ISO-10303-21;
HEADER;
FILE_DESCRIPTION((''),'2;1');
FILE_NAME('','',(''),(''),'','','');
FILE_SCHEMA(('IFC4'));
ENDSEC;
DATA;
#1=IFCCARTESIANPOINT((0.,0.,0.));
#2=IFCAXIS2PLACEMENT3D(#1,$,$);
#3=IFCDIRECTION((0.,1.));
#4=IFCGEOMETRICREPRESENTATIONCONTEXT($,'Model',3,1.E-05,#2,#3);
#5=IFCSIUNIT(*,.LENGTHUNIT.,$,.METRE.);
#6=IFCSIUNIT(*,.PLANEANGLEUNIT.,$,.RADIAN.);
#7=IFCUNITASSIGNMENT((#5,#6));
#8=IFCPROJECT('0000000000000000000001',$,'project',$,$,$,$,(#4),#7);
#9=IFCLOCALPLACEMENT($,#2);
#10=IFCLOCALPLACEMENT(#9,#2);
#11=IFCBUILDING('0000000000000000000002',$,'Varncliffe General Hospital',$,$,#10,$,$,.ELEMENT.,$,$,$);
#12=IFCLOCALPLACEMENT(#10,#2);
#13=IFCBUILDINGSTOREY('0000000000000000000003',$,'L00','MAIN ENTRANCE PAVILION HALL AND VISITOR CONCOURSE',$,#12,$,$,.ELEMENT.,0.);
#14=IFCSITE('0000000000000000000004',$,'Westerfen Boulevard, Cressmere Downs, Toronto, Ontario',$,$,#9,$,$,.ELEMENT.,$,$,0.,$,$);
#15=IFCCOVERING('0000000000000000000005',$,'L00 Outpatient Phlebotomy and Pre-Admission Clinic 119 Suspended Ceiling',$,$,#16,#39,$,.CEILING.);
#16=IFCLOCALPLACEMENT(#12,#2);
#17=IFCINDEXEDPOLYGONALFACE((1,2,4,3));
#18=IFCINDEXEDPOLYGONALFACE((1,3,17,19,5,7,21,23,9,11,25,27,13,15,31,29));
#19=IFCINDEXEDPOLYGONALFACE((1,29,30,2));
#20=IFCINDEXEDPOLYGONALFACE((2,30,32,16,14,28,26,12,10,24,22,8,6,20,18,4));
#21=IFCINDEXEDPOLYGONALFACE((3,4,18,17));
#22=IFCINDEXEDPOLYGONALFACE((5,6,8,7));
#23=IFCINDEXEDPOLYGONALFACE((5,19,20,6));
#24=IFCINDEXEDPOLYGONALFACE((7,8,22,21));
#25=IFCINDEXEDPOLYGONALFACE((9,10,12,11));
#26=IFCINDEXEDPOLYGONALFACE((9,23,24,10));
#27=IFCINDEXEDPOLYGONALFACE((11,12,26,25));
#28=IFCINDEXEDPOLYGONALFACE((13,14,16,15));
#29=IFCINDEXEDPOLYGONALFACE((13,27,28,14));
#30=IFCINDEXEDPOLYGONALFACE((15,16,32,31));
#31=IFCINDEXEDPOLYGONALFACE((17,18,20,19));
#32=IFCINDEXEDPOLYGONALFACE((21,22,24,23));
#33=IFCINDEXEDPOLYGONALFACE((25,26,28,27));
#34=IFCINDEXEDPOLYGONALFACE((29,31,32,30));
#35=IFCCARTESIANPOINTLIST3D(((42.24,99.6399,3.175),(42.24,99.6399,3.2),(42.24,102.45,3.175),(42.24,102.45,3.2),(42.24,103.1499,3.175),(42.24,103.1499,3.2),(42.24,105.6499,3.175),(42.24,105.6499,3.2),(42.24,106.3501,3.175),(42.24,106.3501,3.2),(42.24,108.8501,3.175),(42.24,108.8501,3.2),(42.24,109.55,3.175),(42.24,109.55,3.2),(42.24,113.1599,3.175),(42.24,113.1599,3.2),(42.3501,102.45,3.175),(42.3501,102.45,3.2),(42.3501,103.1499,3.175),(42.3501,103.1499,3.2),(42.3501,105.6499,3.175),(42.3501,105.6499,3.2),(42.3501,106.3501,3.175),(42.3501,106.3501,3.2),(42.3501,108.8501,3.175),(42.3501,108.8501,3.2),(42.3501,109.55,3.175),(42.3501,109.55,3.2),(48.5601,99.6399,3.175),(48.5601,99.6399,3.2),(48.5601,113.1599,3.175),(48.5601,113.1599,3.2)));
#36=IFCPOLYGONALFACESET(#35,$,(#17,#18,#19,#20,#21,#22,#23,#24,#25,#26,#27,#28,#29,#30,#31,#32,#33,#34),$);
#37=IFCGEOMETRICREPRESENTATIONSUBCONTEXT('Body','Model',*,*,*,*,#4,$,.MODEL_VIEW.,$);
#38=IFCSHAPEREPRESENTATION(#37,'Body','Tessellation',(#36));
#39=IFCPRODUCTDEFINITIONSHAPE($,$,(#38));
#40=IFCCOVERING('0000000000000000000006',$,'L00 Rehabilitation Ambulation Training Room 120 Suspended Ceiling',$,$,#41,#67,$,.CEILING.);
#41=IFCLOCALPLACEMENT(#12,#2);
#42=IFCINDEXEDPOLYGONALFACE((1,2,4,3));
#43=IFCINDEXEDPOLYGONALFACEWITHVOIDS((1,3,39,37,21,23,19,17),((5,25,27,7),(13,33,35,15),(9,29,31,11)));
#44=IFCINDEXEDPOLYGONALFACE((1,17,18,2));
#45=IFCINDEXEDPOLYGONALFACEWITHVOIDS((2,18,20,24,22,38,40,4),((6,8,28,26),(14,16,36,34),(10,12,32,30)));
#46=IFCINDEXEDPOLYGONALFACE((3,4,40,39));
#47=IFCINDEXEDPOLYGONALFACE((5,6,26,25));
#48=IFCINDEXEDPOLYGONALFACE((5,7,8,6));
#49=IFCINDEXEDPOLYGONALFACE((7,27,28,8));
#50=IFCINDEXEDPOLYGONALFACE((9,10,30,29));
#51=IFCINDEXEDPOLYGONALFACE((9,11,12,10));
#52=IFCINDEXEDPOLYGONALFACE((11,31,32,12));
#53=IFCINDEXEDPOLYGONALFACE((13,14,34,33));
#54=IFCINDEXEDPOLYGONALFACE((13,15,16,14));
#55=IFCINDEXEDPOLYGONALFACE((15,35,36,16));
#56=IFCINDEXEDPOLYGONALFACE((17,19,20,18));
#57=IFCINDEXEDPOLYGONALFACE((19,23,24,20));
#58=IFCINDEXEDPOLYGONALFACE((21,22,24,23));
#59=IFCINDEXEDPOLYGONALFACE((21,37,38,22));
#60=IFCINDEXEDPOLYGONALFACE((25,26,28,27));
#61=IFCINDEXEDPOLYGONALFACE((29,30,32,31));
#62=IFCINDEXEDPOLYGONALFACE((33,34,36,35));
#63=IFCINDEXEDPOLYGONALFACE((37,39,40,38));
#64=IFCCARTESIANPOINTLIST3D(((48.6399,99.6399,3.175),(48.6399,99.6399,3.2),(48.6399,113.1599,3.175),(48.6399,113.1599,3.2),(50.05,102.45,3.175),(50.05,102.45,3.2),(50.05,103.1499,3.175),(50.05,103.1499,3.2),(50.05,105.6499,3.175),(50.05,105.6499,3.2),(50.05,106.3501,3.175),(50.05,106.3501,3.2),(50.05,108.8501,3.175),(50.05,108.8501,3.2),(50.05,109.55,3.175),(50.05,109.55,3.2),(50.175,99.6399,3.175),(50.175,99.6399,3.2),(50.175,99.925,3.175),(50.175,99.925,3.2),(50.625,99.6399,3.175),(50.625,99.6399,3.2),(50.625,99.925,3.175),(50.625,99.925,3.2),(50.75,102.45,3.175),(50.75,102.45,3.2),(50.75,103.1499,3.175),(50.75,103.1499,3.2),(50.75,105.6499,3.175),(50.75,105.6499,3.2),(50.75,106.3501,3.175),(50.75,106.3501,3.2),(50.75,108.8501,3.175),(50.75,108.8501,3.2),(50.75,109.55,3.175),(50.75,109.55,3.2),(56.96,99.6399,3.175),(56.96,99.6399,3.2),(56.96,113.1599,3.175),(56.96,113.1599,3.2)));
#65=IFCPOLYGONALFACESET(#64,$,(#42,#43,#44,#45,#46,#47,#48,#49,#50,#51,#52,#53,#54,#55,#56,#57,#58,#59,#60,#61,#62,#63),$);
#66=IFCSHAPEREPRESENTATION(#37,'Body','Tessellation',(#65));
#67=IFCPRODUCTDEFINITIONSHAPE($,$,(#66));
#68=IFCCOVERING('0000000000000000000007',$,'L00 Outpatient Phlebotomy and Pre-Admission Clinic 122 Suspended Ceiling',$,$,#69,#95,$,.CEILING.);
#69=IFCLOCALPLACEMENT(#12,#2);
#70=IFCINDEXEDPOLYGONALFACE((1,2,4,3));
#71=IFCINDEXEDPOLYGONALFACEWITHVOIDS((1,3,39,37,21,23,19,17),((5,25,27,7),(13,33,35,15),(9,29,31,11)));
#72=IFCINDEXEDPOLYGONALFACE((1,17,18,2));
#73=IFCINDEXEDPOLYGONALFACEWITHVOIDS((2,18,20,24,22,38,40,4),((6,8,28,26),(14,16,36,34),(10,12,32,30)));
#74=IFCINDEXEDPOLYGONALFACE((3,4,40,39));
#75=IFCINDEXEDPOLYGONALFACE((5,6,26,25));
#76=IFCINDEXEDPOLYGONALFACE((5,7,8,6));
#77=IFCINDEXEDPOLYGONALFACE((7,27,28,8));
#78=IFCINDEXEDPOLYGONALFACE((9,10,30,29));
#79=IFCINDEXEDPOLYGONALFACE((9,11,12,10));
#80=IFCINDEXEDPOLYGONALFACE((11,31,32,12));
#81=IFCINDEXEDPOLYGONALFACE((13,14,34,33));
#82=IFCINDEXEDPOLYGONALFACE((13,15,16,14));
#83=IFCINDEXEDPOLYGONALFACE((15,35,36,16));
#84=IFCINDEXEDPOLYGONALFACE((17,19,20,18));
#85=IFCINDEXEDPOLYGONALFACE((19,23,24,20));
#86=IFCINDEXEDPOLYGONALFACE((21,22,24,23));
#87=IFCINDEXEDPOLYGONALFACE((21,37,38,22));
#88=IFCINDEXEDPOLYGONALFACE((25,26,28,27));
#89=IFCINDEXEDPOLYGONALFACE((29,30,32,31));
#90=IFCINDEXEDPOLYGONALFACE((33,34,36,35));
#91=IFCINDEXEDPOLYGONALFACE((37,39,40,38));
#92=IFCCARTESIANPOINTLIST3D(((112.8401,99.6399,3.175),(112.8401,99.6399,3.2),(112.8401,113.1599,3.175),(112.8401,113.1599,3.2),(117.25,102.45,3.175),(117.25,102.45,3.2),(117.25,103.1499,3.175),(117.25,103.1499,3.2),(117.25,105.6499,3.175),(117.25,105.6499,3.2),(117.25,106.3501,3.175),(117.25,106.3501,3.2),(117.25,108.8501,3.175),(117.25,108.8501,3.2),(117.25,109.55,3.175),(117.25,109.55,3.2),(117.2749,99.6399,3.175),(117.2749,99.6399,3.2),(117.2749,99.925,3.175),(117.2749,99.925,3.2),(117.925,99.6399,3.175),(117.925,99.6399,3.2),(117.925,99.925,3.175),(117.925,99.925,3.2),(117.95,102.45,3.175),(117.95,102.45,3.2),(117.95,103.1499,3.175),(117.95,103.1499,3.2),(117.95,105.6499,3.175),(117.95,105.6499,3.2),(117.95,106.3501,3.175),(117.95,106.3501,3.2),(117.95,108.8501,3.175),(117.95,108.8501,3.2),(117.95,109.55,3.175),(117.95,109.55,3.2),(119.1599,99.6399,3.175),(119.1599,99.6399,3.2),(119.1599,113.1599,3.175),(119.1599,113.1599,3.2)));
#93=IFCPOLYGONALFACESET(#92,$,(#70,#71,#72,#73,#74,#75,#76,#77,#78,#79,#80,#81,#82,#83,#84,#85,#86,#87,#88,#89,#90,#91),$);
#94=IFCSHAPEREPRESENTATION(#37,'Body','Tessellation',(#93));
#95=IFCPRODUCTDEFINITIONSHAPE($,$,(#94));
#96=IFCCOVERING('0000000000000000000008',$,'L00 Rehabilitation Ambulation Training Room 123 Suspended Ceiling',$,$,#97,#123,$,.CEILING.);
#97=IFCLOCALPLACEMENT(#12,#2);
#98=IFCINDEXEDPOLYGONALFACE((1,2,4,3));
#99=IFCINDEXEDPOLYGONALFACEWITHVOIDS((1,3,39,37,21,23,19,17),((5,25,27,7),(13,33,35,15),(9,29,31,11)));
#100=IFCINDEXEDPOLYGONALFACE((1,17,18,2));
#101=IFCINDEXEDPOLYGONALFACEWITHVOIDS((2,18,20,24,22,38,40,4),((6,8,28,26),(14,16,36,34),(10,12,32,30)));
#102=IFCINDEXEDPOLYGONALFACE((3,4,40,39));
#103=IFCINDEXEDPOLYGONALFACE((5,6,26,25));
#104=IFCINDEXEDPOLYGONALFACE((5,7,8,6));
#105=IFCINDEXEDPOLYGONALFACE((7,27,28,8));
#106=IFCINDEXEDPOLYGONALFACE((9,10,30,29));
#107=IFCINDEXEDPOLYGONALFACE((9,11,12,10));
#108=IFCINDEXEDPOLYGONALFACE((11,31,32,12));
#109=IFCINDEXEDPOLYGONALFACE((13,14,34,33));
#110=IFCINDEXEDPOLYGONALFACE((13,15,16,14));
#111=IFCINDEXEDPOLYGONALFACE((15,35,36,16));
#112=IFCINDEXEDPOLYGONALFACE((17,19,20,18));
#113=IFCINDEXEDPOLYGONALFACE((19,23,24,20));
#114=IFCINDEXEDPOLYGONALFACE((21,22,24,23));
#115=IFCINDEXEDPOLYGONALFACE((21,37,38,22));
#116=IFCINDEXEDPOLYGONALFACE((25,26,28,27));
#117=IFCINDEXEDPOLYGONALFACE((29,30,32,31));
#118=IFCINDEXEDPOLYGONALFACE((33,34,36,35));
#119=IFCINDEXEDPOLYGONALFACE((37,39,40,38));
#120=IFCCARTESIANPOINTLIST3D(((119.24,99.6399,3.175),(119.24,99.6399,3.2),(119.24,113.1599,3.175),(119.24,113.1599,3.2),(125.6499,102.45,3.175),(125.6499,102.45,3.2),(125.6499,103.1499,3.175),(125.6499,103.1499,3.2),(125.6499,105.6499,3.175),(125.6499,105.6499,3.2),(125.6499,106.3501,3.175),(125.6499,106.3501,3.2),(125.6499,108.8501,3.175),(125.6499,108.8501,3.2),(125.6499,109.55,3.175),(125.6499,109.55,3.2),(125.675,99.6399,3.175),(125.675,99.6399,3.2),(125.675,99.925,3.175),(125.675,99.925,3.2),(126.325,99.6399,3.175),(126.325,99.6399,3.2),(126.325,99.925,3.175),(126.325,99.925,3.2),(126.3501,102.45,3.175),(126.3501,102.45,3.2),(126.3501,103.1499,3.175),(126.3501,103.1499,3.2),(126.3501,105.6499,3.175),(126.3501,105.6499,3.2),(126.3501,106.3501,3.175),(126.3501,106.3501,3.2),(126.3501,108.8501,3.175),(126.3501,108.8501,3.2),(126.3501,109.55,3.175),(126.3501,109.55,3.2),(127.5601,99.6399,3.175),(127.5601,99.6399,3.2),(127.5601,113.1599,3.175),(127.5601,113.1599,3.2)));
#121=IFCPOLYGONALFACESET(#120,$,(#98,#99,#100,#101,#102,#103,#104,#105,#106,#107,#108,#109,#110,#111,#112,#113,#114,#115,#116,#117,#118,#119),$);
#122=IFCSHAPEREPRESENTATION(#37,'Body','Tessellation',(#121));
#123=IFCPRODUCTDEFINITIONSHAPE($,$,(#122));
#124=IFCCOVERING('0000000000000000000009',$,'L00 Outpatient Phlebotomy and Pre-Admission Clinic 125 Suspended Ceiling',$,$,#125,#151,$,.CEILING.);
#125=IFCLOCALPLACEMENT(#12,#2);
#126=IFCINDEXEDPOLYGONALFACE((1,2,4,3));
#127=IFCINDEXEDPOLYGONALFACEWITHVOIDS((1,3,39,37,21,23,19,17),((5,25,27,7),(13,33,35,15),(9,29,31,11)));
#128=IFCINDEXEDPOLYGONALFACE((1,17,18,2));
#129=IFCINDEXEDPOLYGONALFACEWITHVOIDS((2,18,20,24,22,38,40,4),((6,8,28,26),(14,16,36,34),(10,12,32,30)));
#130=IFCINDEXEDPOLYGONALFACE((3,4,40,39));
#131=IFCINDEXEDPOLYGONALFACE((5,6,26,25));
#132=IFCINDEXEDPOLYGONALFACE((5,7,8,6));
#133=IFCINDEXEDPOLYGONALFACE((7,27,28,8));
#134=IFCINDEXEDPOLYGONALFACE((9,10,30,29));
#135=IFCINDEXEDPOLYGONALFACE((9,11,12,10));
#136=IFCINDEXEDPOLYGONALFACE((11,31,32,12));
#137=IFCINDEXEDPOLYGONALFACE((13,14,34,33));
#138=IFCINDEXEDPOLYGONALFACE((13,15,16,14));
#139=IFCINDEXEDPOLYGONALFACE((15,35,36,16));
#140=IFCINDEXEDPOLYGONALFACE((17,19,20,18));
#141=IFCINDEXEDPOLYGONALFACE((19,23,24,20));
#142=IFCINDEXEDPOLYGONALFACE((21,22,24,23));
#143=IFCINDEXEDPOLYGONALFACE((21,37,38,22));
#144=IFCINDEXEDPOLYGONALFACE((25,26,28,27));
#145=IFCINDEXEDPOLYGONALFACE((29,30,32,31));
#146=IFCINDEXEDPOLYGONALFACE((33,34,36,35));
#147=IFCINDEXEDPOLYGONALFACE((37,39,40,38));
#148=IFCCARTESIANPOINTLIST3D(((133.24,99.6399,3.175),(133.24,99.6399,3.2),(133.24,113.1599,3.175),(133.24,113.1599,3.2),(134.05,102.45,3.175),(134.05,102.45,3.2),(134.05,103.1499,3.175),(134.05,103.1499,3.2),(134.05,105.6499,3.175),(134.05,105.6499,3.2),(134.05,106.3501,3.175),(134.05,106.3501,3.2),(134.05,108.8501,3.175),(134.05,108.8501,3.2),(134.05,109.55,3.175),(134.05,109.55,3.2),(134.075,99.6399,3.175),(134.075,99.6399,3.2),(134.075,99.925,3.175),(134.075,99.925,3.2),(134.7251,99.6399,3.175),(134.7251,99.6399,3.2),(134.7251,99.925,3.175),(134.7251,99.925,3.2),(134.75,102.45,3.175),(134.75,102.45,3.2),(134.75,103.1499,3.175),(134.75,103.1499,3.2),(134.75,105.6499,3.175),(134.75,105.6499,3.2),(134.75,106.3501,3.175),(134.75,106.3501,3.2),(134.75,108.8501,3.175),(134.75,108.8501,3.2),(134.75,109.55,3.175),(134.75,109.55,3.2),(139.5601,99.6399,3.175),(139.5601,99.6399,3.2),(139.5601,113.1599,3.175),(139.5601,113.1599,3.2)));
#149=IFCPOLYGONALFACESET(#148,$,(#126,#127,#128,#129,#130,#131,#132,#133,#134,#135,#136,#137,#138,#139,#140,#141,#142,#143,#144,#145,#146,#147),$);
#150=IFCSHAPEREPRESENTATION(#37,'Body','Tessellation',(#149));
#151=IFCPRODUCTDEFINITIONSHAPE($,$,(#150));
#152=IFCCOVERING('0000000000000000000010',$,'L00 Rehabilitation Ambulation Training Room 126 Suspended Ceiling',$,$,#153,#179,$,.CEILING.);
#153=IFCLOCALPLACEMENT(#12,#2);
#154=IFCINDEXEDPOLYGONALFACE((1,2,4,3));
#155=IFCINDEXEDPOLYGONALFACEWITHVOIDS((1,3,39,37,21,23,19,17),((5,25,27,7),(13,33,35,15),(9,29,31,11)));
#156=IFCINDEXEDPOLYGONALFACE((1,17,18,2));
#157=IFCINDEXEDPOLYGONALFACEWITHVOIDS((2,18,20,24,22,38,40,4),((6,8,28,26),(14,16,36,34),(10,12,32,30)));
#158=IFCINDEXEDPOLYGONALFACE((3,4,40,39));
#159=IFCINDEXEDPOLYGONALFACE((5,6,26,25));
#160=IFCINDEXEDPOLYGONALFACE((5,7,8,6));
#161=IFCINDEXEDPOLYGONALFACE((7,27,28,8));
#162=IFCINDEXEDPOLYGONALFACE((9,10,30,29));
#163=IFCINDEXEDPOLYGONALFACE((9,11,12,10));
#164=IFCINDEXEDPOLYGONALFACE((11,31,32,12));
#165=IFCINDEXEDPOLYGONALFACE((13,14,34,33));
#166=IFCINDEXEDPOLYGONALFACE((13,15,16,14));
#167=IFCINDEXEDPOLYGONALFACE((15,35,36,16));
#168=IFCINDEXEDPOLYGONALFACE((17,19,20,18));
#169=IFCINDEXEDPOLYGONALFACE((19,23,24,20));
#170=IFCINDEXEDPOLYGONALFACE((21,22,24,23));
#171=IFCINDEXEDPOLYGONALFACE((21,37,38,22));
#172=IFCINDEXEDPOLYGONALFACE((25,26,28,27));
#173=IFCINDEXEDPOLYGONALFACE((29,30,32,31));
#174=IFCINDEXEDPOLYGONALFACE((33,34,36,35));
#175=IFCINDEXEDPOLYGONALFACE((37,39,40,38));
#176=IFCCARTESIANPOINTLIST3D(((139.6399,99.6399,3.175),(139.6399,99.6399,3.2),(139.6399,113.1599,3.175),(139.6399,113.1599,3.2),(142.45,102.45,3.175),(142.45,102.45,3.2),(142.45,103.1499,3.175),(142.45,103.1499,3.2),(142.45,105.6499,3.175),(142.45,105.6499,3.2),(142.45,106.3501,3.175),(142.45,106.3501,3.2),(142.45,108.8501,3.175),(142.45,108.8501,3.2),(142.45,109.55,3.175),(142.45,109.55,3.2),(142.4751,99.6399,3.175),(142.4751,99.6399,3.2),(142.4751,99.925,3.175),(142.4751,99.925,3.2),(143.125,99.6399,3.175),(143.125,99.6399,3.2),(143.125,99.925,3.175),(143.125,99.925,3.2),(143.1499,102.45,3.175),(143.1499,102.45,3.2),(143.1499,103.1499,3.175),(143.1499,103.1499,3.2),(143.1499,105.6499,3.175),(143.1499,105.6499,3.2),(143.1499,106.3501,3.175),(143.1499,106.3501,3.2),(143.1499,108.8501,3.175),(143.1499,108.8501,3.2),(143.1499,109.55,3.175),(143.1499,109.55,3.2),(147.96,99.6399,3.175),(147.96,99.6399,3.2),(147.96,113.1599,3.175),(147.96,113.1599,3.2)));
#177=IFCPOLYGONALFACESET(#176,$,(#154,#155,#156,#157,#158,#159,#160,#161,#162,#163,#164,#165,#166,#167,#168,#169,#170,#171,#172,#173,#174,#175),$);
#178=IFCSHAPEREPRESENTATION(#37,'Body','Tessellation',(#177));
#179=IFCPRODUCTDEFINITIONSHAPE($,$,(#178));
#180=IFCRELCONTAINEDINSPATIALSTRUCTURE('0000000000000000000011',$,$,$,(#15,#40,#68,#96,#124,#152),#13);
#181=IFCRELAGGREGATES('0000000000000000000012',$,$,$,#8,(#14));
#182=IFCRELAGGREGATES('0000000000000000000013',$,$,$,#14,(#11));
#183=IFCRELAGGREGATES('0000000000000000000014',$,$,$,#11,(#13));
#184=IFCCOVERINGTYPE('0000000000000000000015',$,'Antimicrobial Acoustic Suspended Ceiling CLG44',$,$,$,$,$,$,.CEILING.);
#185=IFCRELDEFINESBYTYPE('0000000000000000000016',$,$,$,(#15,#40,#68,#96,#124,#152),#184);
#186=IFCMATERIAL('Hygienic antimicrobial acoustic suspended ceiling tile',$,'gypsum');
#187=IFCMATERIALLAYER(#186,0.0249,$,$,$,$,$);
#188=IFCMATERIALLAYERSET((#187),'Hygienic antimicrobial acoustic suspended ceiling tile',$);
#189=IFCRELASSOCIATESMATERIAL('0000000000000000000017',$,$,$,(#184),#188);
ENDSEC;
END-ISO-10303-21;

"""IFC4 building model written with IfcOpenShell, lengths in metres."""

from ifc_helpers import new_model, si_unit, direction, frame, origin, place, context, subcontext, project, spatial, polyline, outline, extrude, material, layer, layer_set, type_object, element, save


model = new_model("IFC4")

# Units and contexts
model_context = context("Model", 3, precision=1e-05, world=origin(), true_north=direction((0.0, 1.0)))
body_context = subcontext(model_context, "Body", "Model", "MODEL_VIEW")
ifc_project = project(units=[si_unit("LENGTHUNIT", "METRE"), si_unit("PLANEANGLEUNIT", "RADIAN")], contexts=[model_context])

# Site, building, storey
site_placement = place(None, origin())
site = spatial("IfcSite", under=ifc_project, at=site_placement, Name="Westerfen Boulevard, Cressmere Downs, Toronto, Ontario", CompositionType="ELEMENT", RefElevation=0.0)
building_placement = place(site_placement, origin())
building = spatial("IfcBuilding", under=site, at=building_placement, Name="Varncliffe General Hospital", CompositionType="ELEMENT")
storey_placement = place(building_placement, origin())
storey = spatial("IfcBuildingStorey", under=building, at=storey_placement, Name="L00", Description="MAIN ENTRANCE PAVILION HALL AND VISITOR CONCOURSE", CompositionType="ELEMENT", Elevation=0.0)

# Coverings
ifc_material_1 = material(Name="Hygienic antimicrobial acoustic suspended ceiling tile", Category="gypsum")
ifc_layer_1 = layer(ifc_material_1, 0.0249)
ifc_layer_set_1 = layer_set([ifc_layer_1], Name="Hygienic antimicrobial acoustic suspended ceiling tile")
covering_type_1 = type_object("IfcCoveringType", Name="Antimicrobial Acoustic Suspended Ceiling CLG44", PredefinedType="CEILING", material=ifc_layer_set_1)
covering_1_placement = place(storey_placement, frame((0.0, 0.0, 3.175)))
element("IfcCovering", 1, at=covering_1_placement, inside=storey, type_object=covering_type_1, Name="L00 Outpatient Phlebotomy and Pre-Admission Clinic 119 Suspended Ceiling", PredefinedType="CEILING", context=body_context, shape_type="SweptSolid", body=[
    extrude(outline(polyline([(48.5601, 99.6399), (42.24, 99.6399), (42.24, 102.45), (42.3501, 102.45), (42.3501, 103.1499), (42.24, 103.1499), (42.24, 105.6499), (42.3501, 105.6499), (42.3501, 106.3501), (42.24, 106.3501), (42.24, 108.8501), (42.3501, 108.8501), (42.3501, 109.55), (42.24, 109.55), (42.24, 113.1599), (48.5601, 113.1599), (48.5601, 99.6399)])), origin(), (0.0, 0.0, 1.0), 0.0249),
])
covering_2_placement = place(storey_placement, frame((0.0, 0.0, 3.175)))
element("IfcCovering", 2, at=covering_2_placement, inside=storey, type_object=covering_type_1, Name="L00 Rehabilitation Ambulation Training Room 120 Suspended Ceiling", PredefinedType="CEILING", context=body_context, shape_type="SweptSolid", body=[
    extrude(outline(polyline([(48.6399, 99.6399), (48.6399, 113.1599), (56.96, 113.1599), (56.96, 99.6399), (50.625, 99.6399), (50.625, 99.925), (50.175, 99.925), (50.175, 99.6399), (48.6399, 99.6399)]), holes=[polyline([(50.75, 102.45), (50.75, 103.1499), (50.05, 103.1499), (50.05, 102.45), (50.75, 102.45)]), polyline([(50.75, 105.6499), (50.75, 106.3501), (50.05, 106.3501), (50.05, 105.6499), (50.75, 105.6499)]), polyline([(50.75, 108.8501), (50.75, 109.55), (50.05, 109.55), (50.05, 108.8501), (50.75, 108.8501)])]), origin(), (0.0, 0.0, 1.0), 0.0249),
])
covering_3_placement = place(storey_placement, frame((0.0, 0.0, 3.175)))
element("IfcCovering", 3, at=covering_3_placement, inside=storey, type_object=covering_type_1, Name="L00 Outpatient Phlebotomy and Pre-Admission Clinic 122 Suspended Ceiling", PredefinedType="CEILING", context=body_context, shape_type="SweptSolid", body=[
    extrude(outline(polyline([(112.8401, 99.6399), (112.8401, 113.1599), (119.1599, 113.1599), (119.1599, 99.6399), (117.925, 99.6399), (117.925, 99.925), (117.2749, 99.925), (117.2749, 99.6399), (112.8401, 99.6399)]), holes=[polyline([(117.95, 102.45), (117.95, 103.1499), (117.25, 103.1499), (117.25, 102.45), (117.95, 102.45)]), polyline([(117.95, 105.6499), (117.95, 106.3501), (117.25, 106.3501), (117.25, 105.6499), (117.95, 105.6499)]), polyline([(117.95, 108.8501), (117.95, 109.55), (117.25, 109.55), (117.25, 108.8501), (117.95, 108.8501)])]), origin(), (0.0, 0.0, 1.0), 0.0249),
])
covering_4_placement = place(storey_placement, frame((0.0, 0.0, 3.175)))
element("IfcCovering", 4, at=covering_4_placement, inside=storey, type_object=covering_type_1, Name="L00 Rehabilitation Ambulation Training Room 123 Suspended Ceiling", PredefinedType="CEILING", context=body_context, shape_type="SweptSolid", body=[
    extrude(outline(polyline([(119.24, 99.6399), (119.24, 113.1599), (127.5601, 113.1599), (127.5601, 99.6399), (126.325, 99.6399), (126.325, 99.925), (125.675, 99.925), (125.675, 99.6399), (119.24, 99.6399)]), holes=[polyline([(126.3501, 102.45), (126.3501, 103.1499), (125.6499, 103.1499), (125.6499, 102.45), (126.3501, 102.45)]), polyline([(126.3501, 105.6499), (126.3501, 106.3501), (125.6499, 106.3501), (125.6499, 105.6499), (126.3501, 105.6499)]), polyline([(126.3501, 108.8501), (126.3501, 109.55), (125.6499, 109.55), (125.6499, 108.8501), (126.3501, 108.8501)])]), origin(), (0.0, 0.0, 1.0), 0.0249),
])
covering_5_placement = place(storey_placement, frame((0.0, 0.0, 3.175)))
element("IfcCovering", 5, at=covering_5_placement, inside=storey, type_object=covering_type_1, Name="L00 Outpatient Phlebotomy and Pre-Admission Clinic 125 Suspended Ceiling", PredefinedType="CEILING", context=body_context, shape_type="SweptSolid", body=[
    extrude(outline(polyline([(133.24, 99.6399), (133.24, 113.1599), (139.5601, 113.1599), (139.5601, 99.6399), (134.7251, 99.6399), (134.7251, 99.925), (134.075, 99.925), (134.075, 99.6399), (133.24, 99.6399)]), holes=[polyline([(134.75, 102.45), (134.75, 103.1499), (134.05, 103.1499), (134.05, 102.45), (134.75, 102.45)]), polyline([(134.75, 105.6499), (134.75, 106.3501), (134.05, 106.3501), (134.05, 105.6499), (134.75, 105.6499)]), polyline([(134.75, 108.8501), (134.75, 109.55), (134.05, 109.55), (134.05, 108.8501), (134.75, 108.8501)])]), origin(), (0.0, 0.0, 1.0), 0.0249),
])
covering_6_placement = place(storey_placement, frame((0.0, 0.0, 3.175)))
element("IfcCovering", 6, at=covering_6_placement, inside=storey, type_object=covering_type_1, Name="L00 Rehabilitation Ambulation Training Room 126 Suspended Ceiling", PredefinedType="CEILING", context=body_context, shape_type="SweptSolid", body=[
    extrude(outline(polyline([(139.6399, 99.6399), (139.6399, 113.1599), (147.96, 113.1599), (147.96, 99.6399), (143.125, 99.6399), (143.125, 99.925), (142.4751, 99.925), (142.4751, 99.6399), (139.6399, 99.6399)]), holes=[polyline([(143.1499, 102.45), (143.1499, 103.1499), (142.45, 103.1499), (142.45, 102.45), (143.1499, 102.45)]), polyline([(143.1499, 105.6499), (143.1499, 106.3501), (142.45, 106.3501), (142.45, 105.6499), (143.1499, 105.6499)]), polyline([(143.1499, 108.8501), (143.1499, 109.55), (142.45, 109.55), (142.45, 108.8501), (143.1499, 108.8501)])]), origin(), (0.0, 0.0, 1.0), 0.0249),
])

save(model, "model.ifc")
